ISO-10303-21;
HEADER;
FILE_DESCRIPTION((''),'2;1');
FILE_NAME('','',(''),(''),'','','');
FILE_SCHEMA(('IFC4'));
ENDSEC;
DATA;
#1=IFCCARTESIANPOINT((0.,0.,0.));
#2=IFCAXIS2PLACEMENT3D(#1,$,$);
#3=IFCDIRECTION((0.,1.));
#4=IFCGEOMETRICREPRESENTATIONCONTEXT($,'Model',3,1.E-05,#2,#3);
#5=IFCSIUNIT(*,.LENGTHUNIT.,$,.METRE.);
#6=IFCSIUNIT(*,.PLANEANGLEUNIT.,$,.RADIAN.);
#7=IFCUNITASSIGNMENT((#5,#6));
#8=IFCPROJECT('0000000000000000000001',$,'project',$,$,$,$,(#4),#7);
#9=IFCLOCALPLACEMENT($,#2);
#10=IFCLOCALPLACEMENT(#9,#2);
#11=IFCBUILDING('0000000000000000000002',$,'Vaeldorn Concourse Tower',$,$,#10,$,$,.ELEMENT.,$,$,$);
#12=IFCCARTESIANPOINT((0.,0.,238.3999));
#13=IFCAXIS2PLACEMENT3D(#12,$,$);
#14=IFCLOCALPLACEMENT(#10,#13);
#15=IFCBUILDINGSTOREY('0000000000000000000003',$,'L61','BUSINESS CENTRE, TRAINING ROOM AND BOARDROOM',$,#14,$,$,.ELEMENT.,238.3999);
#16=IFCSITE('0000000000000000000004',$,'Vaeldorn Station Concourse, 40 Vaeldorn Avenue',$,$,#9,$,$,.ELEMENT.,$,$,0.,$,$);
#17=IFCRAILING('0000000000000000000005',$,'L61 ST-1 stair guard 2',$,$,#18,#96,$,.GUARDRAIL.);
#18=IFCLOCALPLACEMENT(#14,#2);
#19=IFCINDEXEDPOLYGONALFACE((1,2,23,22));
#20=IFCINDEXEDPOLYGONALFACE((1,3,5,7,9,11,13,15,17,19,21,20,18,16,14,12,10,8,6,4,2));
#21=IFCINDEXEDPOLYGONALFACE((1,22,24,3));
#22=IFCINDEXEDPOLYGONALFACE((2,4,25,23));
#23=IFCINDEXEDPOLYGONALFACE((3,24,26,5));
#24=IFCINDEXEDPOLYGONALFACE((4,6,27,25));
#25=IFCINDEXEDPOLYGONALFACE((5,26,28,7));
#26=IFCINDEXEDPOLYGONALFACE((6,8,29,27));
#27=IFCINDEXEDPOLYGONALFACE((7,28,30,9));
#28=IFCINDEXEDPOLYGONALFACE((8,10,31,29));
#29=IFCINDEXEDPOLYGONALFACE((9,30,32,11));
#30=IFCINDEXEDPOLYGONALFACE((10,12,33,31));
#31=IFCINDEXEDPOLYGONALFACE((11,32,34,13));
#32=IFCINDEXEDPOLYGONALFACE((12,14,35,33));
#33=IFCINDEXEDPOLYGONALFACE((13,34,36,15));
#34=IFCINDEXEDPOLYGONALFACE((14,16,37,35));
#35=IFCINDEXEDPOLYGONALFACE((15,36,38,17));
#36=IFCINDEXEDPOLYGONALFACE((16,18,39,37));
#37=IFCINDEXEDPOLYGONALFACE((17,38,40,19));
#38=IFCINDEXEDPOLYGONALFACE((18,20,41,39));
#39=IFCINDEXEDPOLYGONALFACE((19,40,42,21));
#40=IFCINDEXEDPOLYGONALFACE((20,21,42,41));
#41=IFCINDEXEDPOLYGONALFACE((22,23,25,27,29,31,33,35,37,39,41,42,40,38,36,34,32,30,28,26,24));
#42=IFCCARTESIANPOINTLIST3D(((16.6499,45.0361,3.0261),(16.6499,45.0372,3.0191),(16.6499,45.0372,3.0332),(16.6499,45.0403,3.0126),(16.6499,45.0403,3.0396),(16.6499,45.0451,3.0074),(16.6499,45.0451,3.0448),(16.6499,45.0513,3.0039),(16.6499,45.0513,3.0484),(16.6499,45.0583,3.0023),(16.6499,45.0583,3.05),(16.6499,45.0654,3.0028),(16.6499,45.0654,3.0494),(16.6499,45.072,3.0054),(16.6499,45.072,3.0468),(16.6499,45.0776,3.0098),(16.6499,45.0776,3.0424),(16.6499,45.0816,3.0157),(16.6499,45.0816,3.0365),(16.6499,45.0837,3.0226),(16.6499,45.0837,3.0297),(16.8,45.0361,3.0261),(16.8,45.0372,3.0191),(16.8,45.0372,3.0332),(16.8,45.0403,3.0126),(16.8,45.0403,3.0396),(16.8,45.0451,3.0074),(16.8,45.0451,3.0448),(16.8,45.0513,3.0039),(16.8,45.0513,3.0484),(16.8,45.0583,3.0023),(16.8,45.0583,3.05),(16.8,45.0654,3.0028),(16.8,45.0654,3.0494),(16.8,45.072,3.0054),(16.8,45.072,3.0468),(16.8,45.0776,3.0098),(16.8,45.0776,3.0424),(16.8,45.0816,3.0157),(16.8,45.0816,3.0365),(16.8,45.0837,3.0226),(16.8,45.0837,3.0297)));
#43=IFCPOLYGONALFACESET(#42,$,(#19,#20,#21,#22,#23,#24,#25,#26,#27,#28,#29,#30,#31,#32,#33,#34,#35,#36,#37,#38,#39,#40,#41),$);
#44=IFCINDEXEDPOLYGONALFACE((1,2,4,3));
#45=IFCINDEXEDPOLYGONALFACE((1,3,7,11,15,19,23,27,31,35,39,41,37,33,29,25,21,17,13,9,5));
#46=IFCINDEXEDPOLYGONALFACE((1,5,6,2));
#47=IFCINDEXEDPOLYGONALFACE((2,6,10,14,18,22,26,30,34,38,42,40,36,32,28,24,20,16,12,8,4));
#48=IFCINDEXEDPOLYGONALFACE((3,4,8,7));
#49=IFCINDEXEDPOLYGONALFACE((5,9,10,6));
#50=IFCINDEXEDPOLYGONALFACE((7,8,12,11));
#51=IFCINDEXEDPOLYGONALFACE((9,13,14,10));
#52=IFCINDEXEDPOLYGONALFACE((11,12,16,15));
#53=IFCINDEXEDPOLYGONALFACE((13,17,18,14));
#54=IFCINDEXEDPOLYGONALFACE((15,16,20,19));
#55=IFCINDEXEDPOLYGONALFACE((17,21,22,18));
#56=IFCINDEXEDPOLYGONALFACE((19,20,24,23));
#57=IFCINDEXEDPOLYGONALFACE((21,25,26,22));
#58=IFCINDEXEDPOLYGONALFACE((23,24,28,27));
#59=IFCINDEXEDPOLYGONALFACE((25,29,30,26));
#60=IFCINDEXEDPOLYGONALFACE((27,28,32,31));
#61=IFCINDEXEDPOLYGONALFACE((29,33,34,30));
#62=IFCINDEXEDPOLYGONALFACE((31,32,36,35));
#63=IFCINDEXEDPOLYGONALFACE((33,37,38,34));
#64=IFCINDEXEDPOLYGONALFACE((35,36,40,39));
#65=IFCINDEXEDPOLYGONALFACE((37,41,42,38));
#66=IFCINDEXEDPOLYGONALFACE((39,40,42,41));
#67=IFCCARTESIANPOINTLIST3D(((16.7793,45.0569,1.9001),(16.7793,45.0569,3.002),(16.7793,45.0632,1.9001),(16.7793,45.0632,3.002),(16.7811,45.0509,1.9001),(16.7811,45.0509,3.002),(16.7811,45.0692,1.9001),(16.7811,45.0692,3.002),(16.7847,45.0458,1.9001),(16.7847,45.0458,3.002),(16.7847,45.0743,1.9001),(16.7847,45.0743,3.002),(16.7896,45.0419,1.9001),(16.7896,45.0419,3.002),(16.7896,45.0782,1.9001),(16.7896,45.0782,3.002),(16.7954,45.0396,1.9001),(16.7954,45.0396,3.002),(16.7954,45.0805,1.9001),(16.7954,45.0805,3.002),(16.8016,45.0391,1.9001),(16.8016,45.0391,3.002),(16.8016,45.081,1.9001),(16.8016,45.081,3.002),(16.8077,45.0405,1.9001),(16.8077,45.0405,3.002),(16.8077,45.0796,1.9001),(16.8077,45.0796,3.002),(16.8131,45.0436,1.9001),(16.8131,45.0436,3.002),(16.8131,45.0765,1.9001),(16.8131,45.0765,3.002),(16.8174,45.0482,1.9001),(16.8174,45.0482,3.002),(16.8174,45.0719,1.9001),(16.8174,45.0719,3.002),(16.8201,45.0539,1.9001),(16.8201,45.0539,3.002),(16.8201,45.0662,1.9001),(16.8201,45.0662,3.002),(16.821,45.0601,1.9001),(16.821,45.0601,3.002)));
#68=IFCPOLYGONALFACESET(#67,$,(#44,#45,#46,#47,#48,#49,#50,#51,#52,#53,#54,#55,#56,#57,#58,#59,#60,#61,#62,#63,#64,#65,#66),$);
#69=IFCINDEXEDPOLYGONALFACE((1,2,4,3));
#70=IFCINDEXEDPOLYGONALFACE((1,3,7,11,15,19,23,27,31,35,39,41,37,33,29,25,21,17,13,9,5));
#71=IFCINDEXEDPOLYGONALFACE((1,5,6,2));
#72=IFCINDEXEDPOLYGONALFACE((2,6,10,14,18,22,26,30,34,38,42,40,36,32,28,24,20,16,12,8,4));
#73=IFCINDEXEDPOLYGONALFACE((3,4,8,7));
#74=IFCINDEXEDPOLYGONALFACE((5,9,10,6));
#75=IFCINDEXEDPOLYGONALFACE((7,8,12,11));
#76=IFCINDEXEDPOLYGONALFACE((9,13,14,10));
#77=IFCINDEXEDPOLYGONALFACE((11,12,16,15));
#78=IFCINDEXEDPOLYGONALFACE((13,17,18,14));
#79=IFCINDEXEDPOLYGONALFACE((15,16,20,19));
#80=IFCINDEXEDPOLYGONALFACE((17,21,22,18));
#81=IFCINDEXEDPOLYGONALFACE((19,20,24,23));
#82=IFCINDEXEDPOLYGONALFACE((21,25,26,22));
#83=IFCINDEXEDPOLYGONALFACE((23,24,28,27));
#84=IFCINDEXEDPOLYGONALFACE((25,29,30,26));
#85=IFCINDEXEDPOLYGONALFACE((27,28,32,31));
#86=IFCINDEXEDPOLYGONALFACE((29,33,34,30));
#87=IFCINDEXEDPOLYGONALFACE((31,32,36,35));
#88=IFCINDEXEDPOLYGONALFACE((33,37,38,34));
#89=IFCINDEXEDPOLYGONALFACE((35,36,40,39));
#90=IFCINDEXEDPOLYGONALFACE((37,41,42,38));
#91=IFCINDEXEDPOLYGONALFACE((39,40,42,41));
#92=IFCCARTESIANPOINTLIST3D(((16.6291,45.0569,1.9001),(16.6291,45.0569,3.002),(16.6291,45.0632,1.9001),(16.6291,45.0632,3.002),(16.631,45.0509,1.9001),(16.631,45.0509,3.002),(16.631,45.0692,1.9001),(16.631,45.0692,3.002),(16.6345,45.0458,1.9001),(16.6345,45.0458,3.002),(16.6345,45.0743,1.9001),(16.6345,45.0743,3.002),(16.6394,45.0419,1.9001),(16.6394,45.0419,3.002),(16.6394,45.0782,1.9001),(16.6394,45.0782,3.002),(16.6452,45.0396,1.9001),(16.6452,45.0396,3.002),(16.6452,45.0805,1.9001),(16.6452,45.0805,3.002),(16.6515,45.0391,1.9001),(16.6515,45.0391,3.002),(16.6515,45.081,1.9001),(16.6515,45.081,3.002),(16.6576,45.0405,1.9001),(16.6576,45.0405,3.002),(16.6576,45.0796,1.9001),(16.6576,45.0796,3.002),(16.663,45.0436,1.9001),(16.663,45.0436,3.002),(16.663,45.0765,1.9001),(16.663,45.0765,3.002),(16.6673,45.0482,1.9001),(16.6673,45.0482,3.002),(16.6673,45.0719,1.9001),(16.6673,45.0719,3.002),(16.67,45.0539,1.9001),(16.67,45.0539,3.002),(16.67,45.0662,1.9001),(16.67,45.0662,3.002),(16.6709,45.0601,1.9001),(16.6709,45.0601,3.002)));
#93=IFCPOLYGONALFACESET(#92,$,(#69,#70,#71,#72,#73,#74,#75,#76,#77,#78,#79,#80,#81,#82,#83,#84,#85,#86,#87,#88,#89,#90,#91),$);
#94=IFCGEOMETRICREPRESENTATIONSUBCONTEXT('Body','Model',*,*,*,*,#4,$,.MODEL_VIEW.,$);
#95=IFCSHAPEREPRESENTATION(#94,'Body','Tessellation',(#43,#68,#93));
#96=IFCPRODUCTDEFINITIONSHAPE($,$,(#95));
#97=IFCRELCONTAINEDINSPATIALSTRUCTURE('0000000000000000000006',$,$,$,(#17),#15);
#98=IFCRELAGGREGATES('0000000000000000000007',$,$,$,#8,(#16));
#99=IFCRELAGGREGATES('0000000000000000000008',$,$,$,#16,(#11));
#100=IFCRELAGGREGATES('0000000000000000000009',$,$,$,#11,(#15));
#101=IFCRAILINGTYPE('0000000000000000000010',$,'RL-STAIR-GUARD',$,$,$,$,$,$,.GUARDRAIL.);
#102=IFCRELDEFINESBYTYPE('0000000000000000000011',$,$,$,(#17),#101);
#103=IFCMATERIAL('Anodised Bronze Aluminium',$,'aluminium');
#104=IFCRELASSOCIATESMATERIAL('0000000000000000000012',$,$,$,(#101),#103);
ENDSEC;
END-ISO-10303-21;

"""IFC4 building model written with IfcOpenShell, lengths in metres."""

from ifc_helpers import new_model, si_unit, direction, frame, origin, origin_2d, place, context, subcontext, project, spatial, circle, extrude, material, type_object, element, save


model = new_model("IFC4")

# Units and contexts
model_context = context("Model", 3, precision=1e-05, world=origin(), true_north=direction((0.0, 1.0)))
body_context = subcontext(model_context, "Body", "Model", "MODEL_VIEW")
ifc_project = project(units=[si_unit("LENGTHUNIT", "METRE"), si_unit("PLANEANGLEUNIT", "RADIAN")], contexts=[model_context])

# Site, building, storey
site_placement = place(None, origin())
site = spatial("IfcSite", under=ifc_project, at=site_placement, Name="Vaeldorn Station Concourse, 40 Vaeldorn Avenue", CompositionType="ELEMENT", RefElevation=0.0)
building_placement = place(site_placement, origin())
building = spatial("IfcBuilding", under=site, at=building_placement, Name="Vaeldorn Concourse Tower", CompositionType="ELEMENT")
storey_placement = place(building_placement, frame((0.0, 0.0, 238.3999)))
storey = spatial("IfcBuildingStorey", under=building, at=storey_placement, Name="L61", Description="BUSINESS CENTRE, TRAINING ROOM AND BOARDROOM", CompositionType="ELEMENT", Elevation=238.3999)

# Shared definitions
ifc_material_1 = material(Name="Anodised Bronze Aluminium", Category="aluminium")

# Railing
railing_type_1 = type_object("IfcRailingType", Name="RL-STAIR-GUARD", PredefinedType="GUARDRAIL", material=ifc_material_1)
railing_1_placement = place(storey_placement, frame((16.8, 45.0601, 1.9001)))
element("IfcRailing", 1, at=railing_1_placement, inside=storey, type_object=railing_type_1, Name="L61 ST-1 stair guard 2", PredefinedType="GUARDRAIL", context=body_context, shape_type="SweptSolid", body=[
    extrude(circle(Radius=0.0239, at=origin_2d()), frame((0.0, 0.0, 1.126), z_axis=(-1.0, 0.0, 0.0), x_axis=(0.0, -1.0, 0.0)), (0.0, 0.0, 1.0), 0.1501),
    extrude(circle(Radius=0.021, at=origin_2d()), origin(), (0.0, 0.0, 1.0), 1.1018),
    extrude(circle(Radius=0.021, at=origin_2d()), frame((-0.1501, 0.0, 0.0)), (0.0, 0.0, 1.0), 1.1018),
])

save(model, "model.ifc")
